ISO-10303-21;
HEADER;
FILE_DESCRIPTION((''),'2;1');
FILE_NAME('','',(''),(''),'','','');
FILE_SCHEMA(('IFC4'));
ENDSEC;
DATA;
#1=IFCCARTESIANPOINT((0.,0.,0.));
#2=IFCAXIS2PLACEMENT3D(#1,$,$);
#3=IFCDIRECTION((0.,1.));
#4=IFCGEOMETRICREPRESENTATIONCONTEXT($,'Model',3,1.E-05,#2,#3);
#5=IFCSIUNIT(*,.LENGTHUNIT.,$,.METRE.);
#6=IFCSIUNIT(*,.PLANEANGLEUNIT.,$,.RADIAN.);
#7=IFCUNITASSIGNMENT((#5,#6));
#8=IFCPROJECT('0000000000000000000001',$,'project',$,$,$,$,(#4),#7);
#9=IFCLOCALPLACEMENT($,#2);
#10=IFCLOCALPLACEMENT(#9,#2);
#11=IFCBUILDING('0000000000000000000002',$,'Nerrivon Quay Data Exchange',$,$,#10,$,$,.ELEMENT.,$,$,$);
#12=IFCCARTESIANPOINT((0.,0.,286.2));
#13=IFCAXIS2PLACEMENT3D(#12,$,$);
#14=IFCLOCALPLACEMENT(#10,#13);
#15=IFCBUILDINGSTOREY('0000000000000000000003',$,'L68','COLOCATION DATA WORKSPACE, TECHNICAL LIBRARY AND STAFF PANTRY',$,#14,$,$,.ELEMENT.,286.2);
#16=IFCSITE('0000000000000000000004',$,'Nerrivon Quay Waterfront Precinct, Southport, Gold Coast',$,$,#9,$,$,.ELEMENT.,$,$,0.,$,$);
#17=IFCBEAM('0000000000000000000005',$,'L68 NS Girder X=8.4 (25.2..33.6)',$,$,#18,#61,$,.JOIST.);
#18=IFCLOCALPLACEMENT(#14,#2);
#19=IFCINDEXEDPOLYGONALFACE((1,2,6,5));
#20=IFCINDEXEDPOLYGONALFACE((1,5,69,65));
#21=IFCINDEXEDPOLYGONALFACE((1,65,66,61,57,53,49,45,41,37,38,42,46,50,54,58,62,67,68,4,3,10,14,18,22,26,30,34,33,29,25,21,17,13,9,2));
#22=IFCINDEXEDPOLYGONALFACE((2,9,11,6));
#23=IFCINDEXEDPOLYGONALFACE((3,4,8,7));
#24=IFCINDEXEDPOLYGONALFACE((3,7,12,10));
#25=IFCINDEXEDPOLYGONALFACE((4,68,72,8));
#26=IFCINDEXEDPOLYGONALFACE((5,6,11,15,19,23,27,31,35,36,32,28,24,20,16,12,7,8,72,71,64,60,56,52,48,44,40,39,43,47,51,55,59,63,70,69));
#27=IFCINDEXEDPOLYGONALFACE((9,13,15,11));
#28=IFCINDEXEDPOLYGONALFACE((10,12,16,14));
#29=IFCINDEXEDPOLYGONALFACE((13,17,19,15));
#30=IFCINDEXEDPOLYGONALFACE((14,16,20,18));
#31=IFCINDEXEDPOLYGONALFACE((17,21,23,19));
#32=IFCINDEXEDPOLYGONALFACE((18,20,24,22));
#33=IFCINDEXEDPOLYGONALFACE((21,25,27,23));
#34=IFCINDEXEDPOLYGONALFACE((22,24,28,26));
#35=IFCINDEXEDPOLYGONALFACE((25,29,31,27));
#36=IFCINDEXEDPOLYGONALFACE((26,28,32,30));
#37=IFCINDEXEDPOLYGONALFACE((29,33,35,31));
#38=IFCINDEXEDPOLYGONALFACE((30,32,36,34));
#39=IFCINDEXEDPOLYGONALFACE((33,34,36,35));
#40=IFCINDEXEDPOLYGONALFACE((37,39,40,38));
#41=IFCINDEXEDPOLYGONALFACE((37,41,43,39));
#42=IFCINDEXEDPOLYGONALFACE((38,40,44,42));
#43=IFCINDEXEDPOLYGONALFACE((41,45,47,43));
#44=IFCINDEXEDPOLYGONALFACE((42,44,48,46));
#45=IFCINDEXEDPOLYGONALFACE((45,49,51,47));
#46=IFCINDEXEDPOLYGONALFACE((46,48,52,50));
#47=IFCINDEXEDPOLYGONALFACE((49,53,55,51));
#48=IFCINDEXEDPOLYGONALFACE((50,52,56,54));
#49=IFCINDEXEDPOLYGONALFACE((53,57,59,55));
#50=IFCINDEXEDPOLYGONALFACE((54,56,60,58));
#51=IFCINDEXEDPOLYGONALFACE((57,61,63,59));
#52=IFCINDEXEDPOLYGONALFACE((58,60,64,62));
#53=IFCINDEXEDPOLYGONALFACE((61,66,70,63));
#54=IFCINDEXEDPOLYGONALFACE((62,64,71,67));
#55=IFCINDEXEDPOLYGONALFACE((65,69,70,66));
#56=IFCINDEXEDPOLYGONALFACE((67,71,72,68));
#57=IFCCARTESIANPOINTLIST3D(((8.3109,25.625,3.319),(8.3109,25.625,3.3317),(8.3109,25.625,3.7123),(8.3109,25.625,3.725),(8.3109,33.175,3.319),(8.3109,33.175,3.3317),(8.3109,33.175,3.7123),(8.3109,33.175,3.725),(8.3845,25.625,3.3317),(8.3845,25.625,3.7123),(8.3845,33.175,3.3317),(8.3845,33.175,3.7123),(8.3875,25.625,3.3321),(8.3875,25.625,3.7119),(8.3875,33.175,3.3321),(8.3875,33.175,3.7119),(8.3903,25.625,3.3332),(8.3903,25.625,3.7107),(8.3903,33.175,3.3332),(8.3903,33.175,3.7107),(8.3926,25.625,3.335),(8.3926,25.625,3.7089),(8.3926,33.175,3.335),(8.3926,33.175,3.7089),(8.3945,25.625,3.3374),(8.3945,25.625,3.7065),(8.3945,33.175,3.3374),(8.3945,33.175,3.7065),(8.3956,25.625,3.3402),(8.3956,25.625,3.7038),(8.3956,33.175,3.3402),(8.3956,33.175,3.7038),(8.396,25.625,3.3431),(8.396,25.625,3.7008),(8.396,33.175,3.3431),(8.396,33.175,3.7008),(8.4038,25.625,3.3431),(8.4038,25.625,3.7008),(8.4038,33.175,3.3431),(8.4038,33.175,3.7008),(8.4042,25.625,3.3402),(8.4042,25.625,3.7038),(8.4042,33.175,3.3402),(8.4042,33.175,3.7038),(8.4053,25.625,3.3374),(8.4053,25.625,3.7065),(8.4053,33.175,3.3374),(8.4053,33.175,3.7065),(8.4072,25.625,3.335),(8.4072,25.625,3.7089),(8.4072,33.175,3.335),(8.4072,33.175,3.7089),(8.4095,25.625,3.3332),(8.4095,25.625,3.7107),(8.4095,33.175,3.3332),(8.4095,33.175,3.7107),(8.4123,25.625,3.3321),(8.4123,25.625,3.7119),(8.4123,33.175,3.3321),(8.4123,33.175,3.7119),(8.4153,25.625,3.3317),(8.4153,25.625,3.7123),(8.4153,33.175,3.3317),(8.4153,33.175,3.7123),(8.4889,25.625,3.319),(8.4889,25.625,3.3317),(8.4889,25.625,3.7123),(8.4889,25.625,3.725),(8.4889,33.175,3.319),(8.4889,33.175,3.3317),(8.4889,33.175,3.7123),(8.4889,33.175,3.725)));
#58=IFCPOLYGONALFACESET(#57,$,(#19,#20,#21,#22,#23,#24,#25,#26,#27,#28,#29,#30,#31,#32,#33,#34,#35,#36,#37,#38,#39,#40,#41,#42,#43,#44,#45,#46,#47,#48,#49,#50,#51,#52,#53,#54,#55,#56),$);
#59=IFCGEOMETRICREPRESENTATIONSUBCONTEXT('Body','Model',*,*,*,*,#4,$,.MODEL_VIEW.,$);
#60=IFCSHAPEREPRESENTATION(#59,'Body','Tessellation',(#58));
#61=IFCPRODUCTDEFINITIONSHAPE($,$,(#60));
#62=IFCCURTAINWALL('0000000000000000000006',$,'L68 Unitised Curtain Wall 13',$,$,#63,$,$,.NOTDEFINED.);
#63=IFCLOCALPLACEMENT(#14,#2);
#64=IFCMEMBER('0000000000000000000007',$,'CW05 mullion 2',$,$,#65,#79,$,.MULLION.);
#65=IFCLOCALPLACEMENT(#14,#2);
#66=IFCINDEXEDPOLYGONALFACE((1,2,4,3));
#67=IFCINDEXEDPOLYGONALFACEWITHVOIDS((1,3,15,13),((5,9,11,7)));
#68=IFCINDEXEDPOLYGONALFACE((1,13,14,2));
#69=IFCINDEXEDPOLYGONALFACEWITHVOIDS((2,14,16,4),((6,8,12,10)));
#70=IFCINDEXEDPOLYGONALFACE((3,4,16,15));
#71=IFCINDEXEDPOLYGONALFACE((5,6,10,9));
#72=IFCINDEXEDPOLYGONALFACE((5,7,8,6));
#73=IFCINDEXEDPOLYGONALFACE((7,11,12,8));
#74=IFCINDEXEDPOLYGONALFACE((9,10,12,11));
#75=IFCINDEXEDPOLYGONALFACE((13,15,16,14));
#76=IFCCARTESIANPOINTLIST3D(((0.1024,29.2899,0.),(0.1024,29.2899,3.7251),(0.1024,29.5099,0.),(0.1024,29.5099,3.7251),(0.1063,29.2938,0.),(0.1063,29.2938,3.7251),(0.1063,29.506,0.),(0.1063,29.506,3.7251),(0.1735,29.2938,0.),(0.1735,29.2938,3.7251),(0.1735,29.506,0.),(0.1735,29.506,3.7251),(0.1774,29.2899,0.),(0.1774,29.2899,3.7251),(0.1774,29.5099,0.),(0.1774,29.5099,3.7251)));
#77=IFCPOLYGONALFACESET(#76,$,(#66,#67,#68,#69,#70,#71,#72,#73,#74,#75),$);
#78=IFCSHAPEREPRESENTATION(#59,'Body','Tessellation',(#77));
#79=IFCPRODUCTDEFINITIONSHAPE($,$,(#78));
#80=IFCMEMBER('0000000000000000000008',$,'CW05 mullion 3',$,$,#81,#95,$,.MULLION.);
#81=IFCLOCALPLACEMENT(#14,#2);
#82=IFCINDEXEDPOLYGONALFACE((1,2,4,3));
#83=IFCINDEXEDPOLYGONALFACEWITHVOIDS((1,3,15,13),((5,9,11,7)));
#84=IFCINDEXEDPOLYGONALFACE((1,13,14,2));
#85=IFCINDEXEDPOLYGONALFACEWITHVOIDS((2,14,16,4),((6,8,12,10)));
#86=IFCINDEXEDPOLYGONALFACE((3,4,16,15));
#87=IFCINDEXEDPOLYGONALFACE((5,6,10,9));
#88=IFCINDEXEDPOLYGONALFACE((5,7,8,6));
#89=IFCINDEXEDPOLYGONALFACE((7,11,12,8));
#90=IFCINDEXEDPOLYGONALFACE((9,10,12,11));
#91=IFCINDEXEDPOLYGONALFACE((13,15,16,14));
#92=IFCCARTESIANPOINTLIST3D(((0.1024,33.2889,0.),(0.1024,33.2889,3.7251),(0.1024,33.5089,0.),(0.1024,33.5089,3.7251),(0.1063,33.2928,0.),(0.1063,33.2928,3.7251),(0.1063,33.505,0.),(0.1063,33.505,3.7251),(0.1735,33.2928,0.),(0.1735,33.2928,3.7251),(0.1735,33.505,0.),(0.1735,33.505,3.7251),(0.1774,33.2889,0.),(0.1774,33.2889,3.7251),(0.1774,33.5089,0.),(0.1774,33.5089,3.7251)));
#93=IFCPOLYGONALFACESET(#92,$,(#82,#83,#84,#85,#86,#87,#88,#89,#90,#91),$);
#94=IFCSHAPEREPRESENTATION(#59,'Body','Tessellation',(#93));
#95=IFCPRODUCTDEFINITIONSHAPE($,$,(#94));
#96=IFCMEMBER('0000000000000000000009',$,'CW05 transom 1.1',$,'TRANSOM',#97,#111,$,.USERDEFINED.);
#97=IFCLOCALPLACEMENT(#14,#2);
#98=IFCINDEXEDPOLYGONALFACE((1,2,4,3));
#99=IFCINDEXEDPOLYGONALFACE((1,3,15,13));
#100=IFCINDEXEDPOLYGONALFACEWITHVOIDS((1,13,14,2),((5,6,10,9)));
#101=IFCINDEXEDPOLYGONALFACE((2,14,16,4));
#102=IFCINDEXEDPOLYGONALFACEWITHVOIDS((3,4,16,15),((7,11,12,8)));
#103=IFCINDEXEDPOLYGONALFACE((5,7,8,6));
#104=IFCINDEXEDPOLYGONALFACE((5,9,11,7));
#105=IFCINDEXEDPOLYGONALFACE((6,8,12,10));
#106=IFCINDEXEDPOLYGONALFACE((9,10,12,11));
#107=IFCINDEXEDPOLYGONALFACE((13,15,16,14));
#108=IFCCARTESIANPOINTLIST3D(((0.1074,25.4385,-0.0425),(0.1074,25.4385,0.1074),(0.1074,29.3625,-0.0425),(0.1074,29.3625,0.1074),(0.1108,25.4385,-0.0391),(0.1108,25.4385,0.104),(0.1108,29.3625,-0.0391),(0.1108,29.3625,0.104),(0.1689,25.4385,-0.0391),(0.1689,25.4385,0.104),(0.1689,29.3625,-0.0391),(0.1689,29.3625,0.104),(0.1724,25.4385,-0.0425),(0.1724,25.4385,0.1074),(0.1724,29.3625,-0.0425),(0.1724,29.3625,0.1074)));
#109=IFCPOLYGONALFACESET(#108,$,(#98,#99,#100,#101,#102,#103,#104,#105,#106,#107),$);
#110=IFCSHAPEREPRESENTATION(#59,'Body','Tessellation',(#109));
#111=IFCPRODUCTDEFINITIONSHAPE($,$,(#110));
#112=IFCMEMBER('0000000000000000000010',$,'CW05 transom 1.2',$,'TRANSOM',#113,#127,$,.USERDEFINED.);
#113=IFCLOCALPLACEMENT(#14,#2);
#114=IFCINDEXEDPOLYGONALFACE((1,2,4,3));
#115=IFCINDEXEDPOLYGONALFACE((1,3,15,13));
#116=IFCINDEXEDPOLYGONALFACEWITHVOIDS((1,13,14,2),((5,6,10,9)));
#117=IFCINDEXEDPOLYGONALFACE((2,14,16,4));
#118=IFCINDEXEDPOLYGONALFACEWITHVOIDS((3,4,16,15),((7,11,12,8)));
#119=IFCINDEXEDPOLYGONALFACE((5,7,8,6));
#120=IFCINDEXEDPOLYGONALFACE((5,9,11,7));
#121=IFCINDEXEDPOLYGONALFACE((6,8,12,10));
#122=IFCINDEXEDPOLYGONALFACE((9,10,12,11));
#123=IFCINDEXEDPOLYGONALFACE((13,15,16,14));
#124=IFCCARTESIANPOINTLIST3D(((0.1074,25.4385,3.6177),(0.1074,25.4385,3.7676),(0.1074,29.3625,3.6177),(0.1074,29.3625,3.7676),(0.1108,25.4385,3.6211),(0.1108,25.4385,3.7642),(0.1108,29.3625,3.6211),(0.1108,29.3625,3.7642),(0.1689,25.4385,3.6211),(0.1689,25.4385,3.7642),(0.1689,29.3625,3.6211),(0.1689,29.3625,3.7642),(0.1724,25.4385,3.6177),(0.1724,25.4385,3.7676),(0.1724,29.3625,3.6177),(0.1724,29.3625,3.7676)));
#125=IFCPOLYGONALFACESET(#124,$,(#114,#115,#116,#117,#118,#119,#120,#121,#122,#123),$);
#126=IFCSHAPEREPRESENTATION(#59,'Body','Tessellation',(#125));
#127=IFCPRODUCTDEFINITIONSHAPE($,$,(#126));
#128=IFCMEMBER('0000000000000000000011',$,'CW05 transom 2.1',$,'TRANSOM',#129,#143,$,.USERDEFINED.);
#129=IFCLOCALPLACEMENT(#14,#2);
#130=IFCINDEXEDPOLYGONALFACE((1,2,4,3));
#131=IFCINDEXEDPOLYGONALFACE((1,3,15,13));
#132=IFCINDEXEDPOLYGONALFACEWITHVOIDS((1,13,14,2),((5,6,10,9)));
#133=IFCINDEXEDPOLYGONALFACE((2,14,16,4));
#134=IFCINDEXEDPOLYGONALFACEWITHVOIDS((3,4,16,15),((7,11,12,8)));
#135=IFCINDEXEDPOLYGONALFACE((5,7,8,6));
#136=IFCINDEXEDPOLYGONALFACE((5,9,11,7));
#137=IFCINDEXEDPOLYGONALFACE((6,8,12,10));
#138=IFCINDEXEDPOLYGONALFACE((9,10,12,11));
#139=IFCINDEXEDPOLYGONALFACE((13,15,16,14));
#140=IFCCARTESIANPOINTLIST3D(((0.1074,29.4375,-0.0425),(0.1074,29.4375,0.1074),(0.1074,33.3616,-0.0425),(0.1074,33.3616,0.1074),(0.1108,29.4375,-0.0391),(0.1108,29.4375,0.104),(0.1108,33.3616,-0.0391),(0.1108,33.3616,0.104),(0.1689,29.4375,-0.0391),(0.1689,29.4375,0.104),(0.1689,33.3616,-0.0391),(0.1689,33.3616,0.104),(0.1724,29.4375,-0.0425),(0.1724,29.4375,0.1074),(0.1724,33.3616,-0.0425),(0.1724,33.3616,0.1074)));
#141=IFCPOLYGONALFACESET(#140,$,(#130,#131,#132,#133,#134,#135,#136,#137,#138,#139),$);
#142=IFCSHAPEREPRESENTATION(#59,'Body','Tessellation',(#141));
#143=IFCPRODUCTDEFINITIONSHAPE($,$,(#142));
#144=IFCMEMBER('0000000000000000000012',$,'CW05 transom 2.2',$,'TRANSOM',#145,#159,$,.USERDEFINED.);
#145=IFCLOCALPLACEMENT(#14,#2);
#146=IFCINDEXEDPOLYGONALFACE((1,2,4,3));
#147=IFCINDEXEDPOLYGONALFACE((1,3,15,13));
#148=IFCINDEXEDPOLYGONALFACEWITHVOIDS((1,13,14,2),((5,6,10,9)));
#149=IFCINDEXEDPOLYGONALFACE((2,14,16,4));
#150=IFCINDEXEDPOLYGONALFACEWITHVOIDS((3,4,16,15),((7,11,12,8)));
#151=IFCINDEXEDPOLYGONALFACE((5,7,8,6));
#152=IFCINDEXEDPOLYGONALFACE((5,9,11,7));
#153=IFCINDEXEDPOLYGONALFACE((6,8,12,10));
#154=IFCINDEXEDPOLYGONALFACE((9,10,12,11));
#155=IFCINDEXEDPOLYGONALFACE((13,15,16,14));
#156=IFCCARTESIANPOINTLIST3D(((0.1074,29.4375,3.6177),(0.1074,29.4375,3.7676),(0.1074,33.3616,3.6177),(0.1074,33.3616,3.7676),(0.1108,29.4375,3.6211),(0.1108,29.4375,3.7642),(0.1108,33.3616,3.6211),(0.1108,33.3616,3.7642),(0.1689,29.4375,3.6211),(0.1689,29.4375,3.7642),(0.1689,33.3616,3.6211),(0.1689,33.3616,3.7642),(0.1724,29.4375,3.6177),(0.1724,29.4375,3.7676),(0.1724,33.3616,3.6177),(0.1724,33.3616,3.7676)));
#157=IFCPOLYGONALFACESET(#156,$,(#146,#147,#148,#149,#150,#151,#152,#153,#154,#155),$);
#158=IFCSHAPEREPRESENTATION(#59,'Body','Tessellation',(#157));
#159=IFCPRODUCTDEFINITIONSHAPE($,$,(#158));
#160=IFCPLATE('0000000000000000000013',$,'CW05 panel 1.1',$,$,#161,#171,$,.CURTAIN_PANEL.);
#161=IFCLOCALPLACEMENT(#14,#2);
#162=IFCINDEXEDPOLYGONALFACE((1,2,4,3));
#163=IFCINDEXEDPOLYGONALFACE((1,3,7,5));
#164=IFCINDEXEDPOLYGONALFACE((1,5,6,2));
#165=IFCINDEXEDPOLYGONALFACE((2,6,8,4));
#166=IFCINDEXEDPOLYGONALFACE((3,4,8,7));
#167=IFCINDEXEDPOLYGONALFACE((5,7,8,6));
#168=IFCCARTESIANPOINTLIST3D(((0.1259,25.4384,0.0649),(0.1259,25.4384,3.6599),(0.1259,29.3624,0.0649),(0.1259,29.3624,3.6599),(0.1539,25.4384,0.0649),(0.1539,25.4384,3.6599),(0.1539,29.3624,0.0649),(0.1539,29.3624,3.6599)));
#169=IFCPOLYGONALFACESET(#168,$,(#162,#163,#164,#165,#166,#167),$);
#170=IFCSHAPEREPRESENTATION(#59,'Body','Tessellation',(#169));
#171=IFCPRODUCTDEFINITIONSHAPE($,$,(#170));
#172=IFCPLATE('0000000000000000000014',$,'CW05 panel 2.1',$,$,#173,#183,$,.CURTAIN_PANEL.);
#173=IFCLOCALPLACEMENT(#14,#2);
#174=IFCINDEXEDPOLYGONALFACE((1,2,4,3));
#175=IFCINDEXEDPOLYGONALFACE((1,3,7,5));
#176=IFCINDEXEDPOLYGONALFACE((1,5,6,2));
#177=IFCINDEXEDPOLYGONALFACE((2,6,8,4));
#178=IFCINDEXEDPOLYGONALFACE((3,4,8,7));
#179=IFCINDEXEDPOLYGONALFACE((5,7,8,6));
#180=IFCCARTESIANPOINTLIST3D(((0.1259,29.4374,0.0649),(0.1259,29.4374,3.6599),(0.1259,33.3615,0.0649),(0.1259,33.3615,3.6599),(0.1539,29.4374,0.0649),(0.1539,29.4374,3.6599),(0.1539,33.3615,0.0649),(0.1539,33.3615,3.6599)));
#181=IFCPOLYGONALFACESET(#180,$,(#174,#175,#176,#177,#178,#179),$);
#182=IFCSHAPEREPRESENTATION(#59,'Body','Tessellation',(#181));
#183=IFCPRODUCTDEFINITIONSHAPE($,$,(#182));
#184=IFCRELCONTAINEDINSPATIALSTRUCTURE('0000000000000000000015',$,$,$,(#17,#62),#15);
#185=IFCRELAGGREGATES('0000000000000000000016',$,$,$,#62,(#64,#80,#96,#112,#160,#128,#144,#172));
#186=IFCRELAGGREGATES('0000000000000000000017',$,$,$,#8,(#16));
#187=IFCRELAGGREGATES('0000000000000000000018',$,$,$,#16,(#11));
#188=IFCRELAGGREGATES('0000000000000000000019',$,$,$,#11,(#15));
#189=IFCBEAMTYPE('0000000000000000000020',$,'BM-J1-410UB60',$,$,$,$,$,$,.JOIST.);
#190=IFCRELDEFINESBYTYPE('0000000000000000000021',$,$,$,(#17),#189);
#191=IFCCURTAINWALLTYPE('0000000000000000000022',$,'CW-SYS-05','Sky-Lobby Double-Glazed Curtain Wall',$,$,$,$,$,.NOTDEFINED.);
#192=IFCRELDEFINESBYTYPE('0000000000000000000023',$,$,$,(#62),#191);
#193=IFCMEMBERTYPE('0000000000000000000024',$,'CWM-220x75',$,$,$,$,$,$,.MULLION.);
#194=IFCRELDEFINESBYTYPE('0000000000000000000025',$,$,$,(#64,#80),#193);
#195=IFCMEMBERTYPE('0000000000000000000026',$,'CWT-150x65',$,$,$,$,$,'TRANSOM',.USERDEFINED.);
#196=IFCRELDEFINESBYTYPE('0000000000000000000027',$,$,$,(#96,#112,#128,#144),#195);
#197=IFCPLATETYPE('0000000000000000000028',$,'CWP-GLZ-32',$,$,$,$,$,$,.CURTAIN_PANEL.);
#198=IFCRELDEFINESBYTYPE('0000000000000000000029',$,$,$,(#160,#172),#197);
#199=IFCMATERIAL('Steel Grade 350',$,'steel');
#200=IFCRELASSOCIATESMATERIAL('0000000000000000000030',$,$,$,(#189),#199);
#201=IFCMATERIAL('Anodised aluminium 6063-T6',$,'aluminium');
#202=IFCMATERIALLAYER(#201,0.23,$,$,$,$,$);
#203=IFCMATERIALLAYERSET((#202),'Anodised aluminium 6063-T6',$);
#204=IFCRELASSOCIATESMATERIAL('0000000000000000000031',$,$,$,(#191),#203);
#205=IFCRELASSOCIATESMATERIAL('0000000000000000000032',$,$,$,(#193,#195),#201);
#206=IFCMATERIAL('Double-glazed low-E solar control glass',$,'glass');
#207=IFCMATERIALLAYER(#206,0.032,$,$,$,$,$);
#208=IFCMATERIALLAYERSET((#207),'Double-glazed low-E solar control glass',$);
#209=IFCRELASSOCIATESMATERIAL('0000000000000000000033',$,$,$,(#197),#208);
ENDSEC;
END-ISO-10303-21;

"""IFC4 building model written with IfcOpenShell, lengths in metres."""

from ifc_helpers import new_model, si_unit, direction, frame, origin, origin_2d, place, context, subcontext, project, spatial, rectangle, hollow_rectangle, i_section, extrude, material, layer, layer_set, material_profile, profile_set, type_object, element, aggregate, save


model = new_model("IFC4")

# Units and contexts
model_context = context("Model", 3, precision=1e-05, world=origin(), true_north=direction((0.0, 1.0)))
body_context = subcontext(model_context, "Body", "Model", "MODEL_VIEW")
ifc_project = project(units=[si_unit("LENGTHUNIT", "METRE"), si_unit("PLANEANGLEUNIT", "RADIAN")], contexts=[model_context])

# Site, building, storey
site_placement = place(None, origin())
site = spatial("IfcSite", under=ifc_project, at=site_placement, Name="Nerrivon Quay Waterfront Precinct, Southport, Gold Coast", CompositionType="ELEMENT", RefElevation=0.0)
building_placement = place(site_placement, origin())
building = spatial("IfcBuilding", under=site, at=building_placement, Name="Nerrivon Quay Data Exchange", CompositionType="ELEMENT")
storey_placement = place(building_placement, frame((0.0, 0.0, 286.2)))
storey = spatial("IfcBuildingStorey", under=building, at=storey_placement, Name="L68", Description="COLOCATION DATA WORKSPACE, TECHNICAL LIBRARY AND STAFF PANTRY", CompositionType="ELEMENT", Elevation=286.2)

# Beam
ifc_material_1 = material(Name="Steel Grade 350", Category="steel")
ifc_material_profile_1 = material_profile(ifc_material_1, i_section(OverallWidth=0.178, OverallDepth=0.406, WebThickness=0.0078, FlangeThickness=0.0127, FilletRadius=0.0115, at=origin_2d()), Name="410UB59.7")
ifc_profile_set_1 = profile_set([ifc_material_profile_1], Name="Steel Grade 350")
beam_type = type_object("IfcBeamType", Name="BM-J1-410UB60", PredefinedType="JOIST", material=ifc_profile_set_1)
beam_placement = place(storey_placement, frame((8.3999, 25.625, 3.522), z_axis=(0.0, 1.0, 0.0), x_axis=(-1.0, 0.0, 0.0)))
element("IfcBeam", 1, at=beam_placement, inside=storey, type_object=beam_type, Name="L68 NS Girder X=8.4 (25.2..33.6)", PredefinedType="JOIST", context=body_context, shape_type="SweptSolid", body=[
    extrude(i_section(OverallWidth=0.178, OverallDepth=0.406, WebThickness=0.0078, FlangeThickness=0.0127, FilletRadius=0.0115, at=origin_2d()), origin(), (0.0, 0.0, 1.0), 7.55),
])

# Curtain wall, members, plates
ifc_material_2 = material(Name="Anodised aluminium 6063-T6", Category="aluminium")
ifc_layer_1 = layer(ifc_material_2, 0.23)
ifc_layer_set_1 = layer_set([ifc_layer_1], Name="Anodised aluminium 6063-T6")
curtain_wall_type = type_object("IfcCurtainWallType", Name="CW-SYS-05", Description="Sky-Lobby Double-Glazed Curtain Wall", PredefinedType="NOTDEFINED", material=ifc_layer_set_1)
curtain_wall_placement = place(storey_placement, origin())
curtain_wall = element("IfcCurtainWall", 2, at=curtain_wall_placement, inside=storey, type_object=curtain_wall_type, Name="L68 Unitised Curtain Wall 13", PredefinedType="NOTDEFINED")
ifc_material_profile_2 = material_profile(ifc_material_2, hollow_rectangle(XDim=0.075, YDim=0.22, WallThickness=0.0039, at=origin_2d()), Name="ALU-MULL-220x75")
ifc_profile_set_2 = profile_set([ifc_material_profile_2], Name="Anodised aluminium 6063-T6")
member_type_1 = type_object("IfcMemberType", Name="CWM-220x75", PredefinedType="MULLION", material=ifc_profile_set_2)
member_1_placement = place(storey_placement, frame((0.1399, 29.3999, 0.0), z_axis=(0.0, 0.0, 1.0), x_axis=(-1.0, 0.0, 0.0)))
member_1 = element("IfcMember", 3, at=member_1_placement, type_object=member_type_1, Name="CW05 mullion 2", PredefinedType="MULLION", context=body_context, shape_type="SweptSolid", body=[
    extrude(hollow_rectangle(XDim=0.075, YDim=0.22, WallThickness=0.0039, at=origin_2d()), origin(), (0.0, 0.0, 1.0), 3.7251),
])
member_2_placement = place(storey_placement, frame((0.1399, 33.3989, 0.0), z_axis=(0.0, 0.0, 1.0), x_axis=(-1.0, 0.0, 0.0)))
member_2 = element("IfcMember", 4, at=member_2_placement, type_object=member_type_1, Name="CW05 mullion 3", PredefinedType="MULLION", context=body_context, shape_type="SweptSolid", body=[
    extrude(hollow_rectangle(XDim=0.075, YDim=0.22, WallThickness=0.0039, at=origin_2d()), origin(), (0.0, 0.0, 1.0), 3.7251),
])
ifc_material_profile_3 = material_profile(ifc_material_2, hollow_rectangle(XDim=0.0649, YDim=0.1499, WallThickness=0.0034, at=origin_2d()), Name="ALU-TRAN-150x65")
ifc_profile_set_3 = profile_set([ifc_material_profile_3], Name="Anodised aluminium 6063-T6")
member_type_2 = type_object("IfcMemberType", Name="CWT-150x65", ElementType="TRANSOM", PredefinedType="USERDEFINED", material=ifc_profile_set_3)
member_3_placement = place(storey_placement, frame((0.1399, 25.4385, 0.0325), z_axis=(0.0, 1.0, 0.0), x_axis=(-1.0, 0.0, 0.0)))
member_3 = element("IfcMember", 5, at=member_3_placement, type_object=member_type_2, Name="CW05 transom 1.1", ObjectType="TRANSOM", PredefinedType="USERDEFINED", context=body_context, shape_type="SweptSolid", body=[
    extrude(hollow_rectangle(XDim=0.0649, YDim=0.1499, WallThickness=0.0034, at=origin_2d()), origin(), (0.0, 0.0, 1.0), 3.9241),
])
member_4_placement = place(storey_placement, frame((0.1399, 25.4385, 3.6926), z_axis=(0.0, 1.0, 0.0), x_axis=(-1.0, 0.0, 0.0)))
member_4 = element("IfcMember", 6, at=member_4_placement, type_object=member_type_2, Name="CW05 transom 1.2", ObjectType="TRANSOM", PredefinedType="USERDEFINED", context=body_context, shape_type="SweptSolid", body=[
    extrude(hollow_rectangle(XDim=0.0649, YDim=0.1499, WallThickness=0.0034, at=origin_2d()), origin(), (0.0, 0.0, 1.0), 3.9241),
])
member_5_placement = place(storey_placement, frame((0.1399, 29.4375, 0.0325), z_axis=(0.0, 1.0, 0.0), x_axis=(-1.0, 0.0, 0.0)))
member_5 = element("IfcMember", 7, at=member_5_placement, type_object=member_type_2, Name="CW05 transom 2.1", ObjectType="TRANSOM", PredefinedType="USERDEFINED", context=body_context, shape_type="SweptSolid", body=[
    extrude(hollow_rectangle(XDim=0.0649, YDim=0.1499, WallThickness=0.0034, at=origin_2d()), origin(), (0.0, 0.0, 1.0), 3.9241),
])
member_6_placement = place(storey_placement, frame((0.1399, 29.4375, 3.6926), z_axis=(0.0, 1.0, 0.0), x_axis=(-1.0, 0.0, 0.0)))
member_6 = element("IfcMember", 8, at=member_6_placement, type_object=member_type_2, Name="CW05 transom 2.2", ObjectType="TRANSOM", PredefinedType="USERDEFINED", context=body_context, shape_type="SweptSolid", body=[
    extrude(hollow_rectangle(XDim=0.0649, YDim=0.1499, WallThickness=0.0034, at=origin_2d()), origin(), (0.0, 0.0, 1.0), 3.9241),
])
ifc_material_3 = material(Name="Double-glazed low-E solar control glass", Category="glass")
ifc_layer_2 = layer(ifc_material_3, 0.032)
ifc_layer_set_2 = layer_set([ifc_layer_2], Name="Double-glazed low-E solar control glass")
plate_type = type_object("IfcPlateType", Name="CWP-GLZ-32", PredefinedType="CURTAIN_PANEL", material=ifc_layer_set_2)
plate_1_placement = place(storey_placement, frame((0.1399, 27.4004, 0.0649), z_axis=(0.0, 0.0, 1.0), x_axis=(0.0, 1.0, 0.0)))
plate_1 = element("IfcPlate", 9, at=plate_1_placement, type_object=plate_type, Name="CW05 panel 1.1", PredefinedType="CURTAIN_PANEL", context=body_context, shape_type="SweptSolid", body=[
    extrude(rectangle(XDim=3.9241, YDim=0.0281, at=origin_2d()), origin(), (0.0, 0.0, 1.0), 3.595),
])
plate_2_placement = place(storey_placement, frame((0.1399, 31.3994, 0.0649), z_axis=(0.0, 0.0, 1.0), x_axis=(0.0, 1.0, 0.0)))
plate_2 = element("IfcPlate", 10, at=plate_2_placement, type_object=plate_type, Name="CW05 panel 2.1", PredefinedType="CURTAIN_PANEL", context=body_context, shape_type="SweptSolid", body=[
    extrude(rectangle(XDim=3.9241, YDim=0.0281, at=origin_2d()), origin(), (0.0, 0.0, 1.0), 3.595),
])
aggregate(curtain_wall, [member_1, member_2, member_3, member_4, plate_1, member_5, member_6, plate_2])

save(model, "model.ifc")
